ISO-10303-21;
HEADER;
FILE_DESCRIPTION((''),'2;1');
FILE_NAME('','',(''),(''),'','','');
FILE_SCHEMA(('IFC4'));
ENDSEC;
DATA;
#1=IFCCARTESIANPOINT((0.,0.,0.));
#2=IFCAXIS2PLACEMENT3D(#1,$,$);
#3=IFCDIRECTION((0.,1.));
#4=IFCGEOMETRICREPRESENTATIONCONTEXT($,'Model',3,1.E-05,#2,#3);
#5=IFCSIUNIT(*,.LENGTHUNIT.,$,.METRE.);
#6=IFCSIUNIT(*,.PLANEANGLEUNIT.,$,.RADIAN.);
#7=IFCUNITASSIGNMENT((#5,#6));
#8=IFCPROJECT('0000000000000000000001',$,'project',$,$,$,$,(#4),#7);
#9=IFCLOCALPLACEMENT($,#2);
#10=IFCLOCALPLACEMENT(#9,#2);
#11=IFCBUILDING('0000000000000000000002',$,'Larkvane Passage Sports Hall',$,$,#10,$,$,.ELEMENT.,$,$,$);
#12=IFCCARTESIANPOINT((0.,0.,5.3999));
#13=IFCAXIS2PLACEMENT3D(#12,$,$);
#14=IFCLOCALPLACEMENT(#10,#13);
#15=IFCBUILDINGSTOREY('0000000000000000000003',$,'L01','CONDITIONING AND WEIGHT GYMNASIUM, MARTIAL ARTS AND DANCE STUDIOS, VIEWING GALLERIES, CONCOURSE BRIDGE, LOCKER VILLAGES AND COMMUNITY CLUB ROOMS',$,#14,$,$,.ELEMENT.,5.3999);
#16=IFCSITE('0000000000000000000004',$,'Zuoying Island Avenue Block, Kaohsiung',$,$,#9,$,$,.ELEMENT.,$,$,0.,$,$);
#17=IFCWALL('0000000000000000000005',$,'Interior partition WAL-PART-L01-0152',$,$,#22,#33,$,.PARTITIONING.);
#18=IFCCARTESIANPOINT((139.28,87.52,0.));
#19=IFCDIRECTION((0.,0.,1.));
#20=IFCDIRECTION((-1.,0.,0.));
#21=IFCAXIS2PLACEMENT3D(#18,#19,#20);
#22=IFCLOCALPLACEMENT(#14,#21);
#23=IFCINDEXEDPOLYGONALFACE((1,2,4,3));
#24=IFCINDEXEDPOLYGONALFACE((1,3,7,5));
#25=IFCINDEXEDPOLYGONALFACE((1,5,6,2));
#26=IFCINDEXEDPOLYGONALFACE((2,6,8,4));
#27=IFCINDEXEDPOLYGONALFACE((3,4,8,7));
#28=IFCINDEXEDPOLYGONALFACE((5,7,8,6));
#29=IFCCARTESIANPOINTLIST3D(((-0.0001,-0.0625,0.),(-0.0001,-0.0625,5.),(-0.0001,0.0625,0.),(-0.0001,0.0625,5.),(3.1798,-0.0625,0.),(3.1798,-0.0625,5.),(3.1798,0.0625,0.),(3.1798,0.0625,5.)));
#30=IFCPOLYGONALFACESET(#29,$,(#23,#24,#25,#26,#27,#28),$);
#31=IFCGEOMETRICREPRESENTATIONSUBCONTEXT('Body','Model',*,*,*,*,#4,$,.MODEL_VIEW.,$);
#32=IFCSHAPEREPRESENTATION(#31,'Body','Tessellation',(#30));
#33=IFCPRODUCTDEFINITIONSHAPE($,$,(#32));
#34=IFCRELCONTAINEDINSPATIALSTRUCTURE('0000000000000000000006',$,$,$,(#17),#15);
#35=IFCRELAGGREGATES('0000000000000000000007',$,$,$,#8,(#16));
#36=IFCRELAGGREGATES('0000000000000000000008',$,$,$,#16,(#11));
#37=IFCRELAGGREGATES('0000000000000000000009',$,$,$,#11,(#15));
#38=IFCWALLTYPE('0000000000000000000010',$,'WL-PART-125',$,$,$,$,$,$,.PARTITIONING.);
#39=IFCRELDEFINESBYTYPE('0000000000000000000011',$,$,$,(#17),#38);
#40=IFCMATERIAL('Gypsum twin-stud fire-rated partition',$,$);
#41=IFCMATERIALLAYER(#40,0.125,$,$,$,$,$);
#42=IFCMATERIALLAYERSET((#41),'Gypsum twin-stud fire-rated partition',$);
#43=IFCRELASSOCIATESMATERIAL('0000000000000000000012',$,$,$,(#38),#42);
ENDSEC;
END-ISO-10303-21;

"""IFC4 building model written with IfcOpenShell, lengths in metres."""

from ifc_helpers import new_model, si_unit, direction, frame, frame_2d, origin, place, context, subcontext, project, spatial, rectangle, extrude, material, layer, layer_set, type_object, element, save


model = new_model("IFC4")

# Units and contexts
model_context = context("Model", 3, precision=1e-05, world=origin(), true_north=direction((0.0, 1.0)))
body_context = subcontext(model_context, "Body", "Model", "MODEL_VIEW")
ifc_project = project(units=[si_unit("LENGTHUNIT", "METRE"), si_unit("PLANEANGLEUNIT", "RADIAN")], contexts=[model_context])

# Site, building, storey
site_placement = place(None, origin())
site = spatial("IfcSite", under=ifc_project, at=site_placement, Name="Zuoying Island Avenue Block, Kaohsiung", CompositionType="ELEMENT", RefElevation=0.0)
building_placement = place(site_placement, origin())
building = spatial("IfcBuilding", under=site, at=building_placement, Name="Larkvane Passage Sports Hall", CompositionType="ELEMENT")
storey_placement = place(building_placement, frame((0.0, 0.0, 5.3999)))
storey = spatial("IfcBuildingStorey", under=building, at=storey_placement, Name="L01", Description="CONDITIONING AND WEIGHT GYMNASIUM, MARTIAL ARTS AND DANCE STUDIOS, VIEWING GALLERIES, CONCOURSE BRIDGE, LOCKER VILLAGES AND COMMUNITY CLUB ROOMS", CompositionType="ELEMENT", Elevation=5.3999)

# Wall
ifc_material_1 = material(Name="Gypsum twin-stud fire-rated partition")
ifc_layer_1 = layer(ifc_material_1, 0.125)
ifc_layer_set_1 = layer_set([ifc_layer_1], Name="Gypsum twin-stud fire-rated partition")
wall_type_1 = type_object("IfcWallType", Name="WL-PART-125", PredefinedType="PARTITIONING", material=ifc_layer_set_1)
wall_1_placement = place(storey_placement, frame((139.28, 87.52, 0.0), z_axis=(0.0, 0.0, 1.0), x_axis=(-1.0, 0.0, 0.0)))
element("IfcWall", 1, at=wall_1_placement, inside=storey, type_object=wall_type_1, Name="Interior partition WAL-PART-L01-0152", PredefinedType="PARTITIONING", context=body_context, shape_type="SweptSolid", body=[
    extrude(rectangle(XDim=3.1799, YDim=0.125, at=frame_2d((1.5898, 0.0))), origin(), (0.0, 0.0, 1.0), 5.0),
])

save(model, "model.ifc")
